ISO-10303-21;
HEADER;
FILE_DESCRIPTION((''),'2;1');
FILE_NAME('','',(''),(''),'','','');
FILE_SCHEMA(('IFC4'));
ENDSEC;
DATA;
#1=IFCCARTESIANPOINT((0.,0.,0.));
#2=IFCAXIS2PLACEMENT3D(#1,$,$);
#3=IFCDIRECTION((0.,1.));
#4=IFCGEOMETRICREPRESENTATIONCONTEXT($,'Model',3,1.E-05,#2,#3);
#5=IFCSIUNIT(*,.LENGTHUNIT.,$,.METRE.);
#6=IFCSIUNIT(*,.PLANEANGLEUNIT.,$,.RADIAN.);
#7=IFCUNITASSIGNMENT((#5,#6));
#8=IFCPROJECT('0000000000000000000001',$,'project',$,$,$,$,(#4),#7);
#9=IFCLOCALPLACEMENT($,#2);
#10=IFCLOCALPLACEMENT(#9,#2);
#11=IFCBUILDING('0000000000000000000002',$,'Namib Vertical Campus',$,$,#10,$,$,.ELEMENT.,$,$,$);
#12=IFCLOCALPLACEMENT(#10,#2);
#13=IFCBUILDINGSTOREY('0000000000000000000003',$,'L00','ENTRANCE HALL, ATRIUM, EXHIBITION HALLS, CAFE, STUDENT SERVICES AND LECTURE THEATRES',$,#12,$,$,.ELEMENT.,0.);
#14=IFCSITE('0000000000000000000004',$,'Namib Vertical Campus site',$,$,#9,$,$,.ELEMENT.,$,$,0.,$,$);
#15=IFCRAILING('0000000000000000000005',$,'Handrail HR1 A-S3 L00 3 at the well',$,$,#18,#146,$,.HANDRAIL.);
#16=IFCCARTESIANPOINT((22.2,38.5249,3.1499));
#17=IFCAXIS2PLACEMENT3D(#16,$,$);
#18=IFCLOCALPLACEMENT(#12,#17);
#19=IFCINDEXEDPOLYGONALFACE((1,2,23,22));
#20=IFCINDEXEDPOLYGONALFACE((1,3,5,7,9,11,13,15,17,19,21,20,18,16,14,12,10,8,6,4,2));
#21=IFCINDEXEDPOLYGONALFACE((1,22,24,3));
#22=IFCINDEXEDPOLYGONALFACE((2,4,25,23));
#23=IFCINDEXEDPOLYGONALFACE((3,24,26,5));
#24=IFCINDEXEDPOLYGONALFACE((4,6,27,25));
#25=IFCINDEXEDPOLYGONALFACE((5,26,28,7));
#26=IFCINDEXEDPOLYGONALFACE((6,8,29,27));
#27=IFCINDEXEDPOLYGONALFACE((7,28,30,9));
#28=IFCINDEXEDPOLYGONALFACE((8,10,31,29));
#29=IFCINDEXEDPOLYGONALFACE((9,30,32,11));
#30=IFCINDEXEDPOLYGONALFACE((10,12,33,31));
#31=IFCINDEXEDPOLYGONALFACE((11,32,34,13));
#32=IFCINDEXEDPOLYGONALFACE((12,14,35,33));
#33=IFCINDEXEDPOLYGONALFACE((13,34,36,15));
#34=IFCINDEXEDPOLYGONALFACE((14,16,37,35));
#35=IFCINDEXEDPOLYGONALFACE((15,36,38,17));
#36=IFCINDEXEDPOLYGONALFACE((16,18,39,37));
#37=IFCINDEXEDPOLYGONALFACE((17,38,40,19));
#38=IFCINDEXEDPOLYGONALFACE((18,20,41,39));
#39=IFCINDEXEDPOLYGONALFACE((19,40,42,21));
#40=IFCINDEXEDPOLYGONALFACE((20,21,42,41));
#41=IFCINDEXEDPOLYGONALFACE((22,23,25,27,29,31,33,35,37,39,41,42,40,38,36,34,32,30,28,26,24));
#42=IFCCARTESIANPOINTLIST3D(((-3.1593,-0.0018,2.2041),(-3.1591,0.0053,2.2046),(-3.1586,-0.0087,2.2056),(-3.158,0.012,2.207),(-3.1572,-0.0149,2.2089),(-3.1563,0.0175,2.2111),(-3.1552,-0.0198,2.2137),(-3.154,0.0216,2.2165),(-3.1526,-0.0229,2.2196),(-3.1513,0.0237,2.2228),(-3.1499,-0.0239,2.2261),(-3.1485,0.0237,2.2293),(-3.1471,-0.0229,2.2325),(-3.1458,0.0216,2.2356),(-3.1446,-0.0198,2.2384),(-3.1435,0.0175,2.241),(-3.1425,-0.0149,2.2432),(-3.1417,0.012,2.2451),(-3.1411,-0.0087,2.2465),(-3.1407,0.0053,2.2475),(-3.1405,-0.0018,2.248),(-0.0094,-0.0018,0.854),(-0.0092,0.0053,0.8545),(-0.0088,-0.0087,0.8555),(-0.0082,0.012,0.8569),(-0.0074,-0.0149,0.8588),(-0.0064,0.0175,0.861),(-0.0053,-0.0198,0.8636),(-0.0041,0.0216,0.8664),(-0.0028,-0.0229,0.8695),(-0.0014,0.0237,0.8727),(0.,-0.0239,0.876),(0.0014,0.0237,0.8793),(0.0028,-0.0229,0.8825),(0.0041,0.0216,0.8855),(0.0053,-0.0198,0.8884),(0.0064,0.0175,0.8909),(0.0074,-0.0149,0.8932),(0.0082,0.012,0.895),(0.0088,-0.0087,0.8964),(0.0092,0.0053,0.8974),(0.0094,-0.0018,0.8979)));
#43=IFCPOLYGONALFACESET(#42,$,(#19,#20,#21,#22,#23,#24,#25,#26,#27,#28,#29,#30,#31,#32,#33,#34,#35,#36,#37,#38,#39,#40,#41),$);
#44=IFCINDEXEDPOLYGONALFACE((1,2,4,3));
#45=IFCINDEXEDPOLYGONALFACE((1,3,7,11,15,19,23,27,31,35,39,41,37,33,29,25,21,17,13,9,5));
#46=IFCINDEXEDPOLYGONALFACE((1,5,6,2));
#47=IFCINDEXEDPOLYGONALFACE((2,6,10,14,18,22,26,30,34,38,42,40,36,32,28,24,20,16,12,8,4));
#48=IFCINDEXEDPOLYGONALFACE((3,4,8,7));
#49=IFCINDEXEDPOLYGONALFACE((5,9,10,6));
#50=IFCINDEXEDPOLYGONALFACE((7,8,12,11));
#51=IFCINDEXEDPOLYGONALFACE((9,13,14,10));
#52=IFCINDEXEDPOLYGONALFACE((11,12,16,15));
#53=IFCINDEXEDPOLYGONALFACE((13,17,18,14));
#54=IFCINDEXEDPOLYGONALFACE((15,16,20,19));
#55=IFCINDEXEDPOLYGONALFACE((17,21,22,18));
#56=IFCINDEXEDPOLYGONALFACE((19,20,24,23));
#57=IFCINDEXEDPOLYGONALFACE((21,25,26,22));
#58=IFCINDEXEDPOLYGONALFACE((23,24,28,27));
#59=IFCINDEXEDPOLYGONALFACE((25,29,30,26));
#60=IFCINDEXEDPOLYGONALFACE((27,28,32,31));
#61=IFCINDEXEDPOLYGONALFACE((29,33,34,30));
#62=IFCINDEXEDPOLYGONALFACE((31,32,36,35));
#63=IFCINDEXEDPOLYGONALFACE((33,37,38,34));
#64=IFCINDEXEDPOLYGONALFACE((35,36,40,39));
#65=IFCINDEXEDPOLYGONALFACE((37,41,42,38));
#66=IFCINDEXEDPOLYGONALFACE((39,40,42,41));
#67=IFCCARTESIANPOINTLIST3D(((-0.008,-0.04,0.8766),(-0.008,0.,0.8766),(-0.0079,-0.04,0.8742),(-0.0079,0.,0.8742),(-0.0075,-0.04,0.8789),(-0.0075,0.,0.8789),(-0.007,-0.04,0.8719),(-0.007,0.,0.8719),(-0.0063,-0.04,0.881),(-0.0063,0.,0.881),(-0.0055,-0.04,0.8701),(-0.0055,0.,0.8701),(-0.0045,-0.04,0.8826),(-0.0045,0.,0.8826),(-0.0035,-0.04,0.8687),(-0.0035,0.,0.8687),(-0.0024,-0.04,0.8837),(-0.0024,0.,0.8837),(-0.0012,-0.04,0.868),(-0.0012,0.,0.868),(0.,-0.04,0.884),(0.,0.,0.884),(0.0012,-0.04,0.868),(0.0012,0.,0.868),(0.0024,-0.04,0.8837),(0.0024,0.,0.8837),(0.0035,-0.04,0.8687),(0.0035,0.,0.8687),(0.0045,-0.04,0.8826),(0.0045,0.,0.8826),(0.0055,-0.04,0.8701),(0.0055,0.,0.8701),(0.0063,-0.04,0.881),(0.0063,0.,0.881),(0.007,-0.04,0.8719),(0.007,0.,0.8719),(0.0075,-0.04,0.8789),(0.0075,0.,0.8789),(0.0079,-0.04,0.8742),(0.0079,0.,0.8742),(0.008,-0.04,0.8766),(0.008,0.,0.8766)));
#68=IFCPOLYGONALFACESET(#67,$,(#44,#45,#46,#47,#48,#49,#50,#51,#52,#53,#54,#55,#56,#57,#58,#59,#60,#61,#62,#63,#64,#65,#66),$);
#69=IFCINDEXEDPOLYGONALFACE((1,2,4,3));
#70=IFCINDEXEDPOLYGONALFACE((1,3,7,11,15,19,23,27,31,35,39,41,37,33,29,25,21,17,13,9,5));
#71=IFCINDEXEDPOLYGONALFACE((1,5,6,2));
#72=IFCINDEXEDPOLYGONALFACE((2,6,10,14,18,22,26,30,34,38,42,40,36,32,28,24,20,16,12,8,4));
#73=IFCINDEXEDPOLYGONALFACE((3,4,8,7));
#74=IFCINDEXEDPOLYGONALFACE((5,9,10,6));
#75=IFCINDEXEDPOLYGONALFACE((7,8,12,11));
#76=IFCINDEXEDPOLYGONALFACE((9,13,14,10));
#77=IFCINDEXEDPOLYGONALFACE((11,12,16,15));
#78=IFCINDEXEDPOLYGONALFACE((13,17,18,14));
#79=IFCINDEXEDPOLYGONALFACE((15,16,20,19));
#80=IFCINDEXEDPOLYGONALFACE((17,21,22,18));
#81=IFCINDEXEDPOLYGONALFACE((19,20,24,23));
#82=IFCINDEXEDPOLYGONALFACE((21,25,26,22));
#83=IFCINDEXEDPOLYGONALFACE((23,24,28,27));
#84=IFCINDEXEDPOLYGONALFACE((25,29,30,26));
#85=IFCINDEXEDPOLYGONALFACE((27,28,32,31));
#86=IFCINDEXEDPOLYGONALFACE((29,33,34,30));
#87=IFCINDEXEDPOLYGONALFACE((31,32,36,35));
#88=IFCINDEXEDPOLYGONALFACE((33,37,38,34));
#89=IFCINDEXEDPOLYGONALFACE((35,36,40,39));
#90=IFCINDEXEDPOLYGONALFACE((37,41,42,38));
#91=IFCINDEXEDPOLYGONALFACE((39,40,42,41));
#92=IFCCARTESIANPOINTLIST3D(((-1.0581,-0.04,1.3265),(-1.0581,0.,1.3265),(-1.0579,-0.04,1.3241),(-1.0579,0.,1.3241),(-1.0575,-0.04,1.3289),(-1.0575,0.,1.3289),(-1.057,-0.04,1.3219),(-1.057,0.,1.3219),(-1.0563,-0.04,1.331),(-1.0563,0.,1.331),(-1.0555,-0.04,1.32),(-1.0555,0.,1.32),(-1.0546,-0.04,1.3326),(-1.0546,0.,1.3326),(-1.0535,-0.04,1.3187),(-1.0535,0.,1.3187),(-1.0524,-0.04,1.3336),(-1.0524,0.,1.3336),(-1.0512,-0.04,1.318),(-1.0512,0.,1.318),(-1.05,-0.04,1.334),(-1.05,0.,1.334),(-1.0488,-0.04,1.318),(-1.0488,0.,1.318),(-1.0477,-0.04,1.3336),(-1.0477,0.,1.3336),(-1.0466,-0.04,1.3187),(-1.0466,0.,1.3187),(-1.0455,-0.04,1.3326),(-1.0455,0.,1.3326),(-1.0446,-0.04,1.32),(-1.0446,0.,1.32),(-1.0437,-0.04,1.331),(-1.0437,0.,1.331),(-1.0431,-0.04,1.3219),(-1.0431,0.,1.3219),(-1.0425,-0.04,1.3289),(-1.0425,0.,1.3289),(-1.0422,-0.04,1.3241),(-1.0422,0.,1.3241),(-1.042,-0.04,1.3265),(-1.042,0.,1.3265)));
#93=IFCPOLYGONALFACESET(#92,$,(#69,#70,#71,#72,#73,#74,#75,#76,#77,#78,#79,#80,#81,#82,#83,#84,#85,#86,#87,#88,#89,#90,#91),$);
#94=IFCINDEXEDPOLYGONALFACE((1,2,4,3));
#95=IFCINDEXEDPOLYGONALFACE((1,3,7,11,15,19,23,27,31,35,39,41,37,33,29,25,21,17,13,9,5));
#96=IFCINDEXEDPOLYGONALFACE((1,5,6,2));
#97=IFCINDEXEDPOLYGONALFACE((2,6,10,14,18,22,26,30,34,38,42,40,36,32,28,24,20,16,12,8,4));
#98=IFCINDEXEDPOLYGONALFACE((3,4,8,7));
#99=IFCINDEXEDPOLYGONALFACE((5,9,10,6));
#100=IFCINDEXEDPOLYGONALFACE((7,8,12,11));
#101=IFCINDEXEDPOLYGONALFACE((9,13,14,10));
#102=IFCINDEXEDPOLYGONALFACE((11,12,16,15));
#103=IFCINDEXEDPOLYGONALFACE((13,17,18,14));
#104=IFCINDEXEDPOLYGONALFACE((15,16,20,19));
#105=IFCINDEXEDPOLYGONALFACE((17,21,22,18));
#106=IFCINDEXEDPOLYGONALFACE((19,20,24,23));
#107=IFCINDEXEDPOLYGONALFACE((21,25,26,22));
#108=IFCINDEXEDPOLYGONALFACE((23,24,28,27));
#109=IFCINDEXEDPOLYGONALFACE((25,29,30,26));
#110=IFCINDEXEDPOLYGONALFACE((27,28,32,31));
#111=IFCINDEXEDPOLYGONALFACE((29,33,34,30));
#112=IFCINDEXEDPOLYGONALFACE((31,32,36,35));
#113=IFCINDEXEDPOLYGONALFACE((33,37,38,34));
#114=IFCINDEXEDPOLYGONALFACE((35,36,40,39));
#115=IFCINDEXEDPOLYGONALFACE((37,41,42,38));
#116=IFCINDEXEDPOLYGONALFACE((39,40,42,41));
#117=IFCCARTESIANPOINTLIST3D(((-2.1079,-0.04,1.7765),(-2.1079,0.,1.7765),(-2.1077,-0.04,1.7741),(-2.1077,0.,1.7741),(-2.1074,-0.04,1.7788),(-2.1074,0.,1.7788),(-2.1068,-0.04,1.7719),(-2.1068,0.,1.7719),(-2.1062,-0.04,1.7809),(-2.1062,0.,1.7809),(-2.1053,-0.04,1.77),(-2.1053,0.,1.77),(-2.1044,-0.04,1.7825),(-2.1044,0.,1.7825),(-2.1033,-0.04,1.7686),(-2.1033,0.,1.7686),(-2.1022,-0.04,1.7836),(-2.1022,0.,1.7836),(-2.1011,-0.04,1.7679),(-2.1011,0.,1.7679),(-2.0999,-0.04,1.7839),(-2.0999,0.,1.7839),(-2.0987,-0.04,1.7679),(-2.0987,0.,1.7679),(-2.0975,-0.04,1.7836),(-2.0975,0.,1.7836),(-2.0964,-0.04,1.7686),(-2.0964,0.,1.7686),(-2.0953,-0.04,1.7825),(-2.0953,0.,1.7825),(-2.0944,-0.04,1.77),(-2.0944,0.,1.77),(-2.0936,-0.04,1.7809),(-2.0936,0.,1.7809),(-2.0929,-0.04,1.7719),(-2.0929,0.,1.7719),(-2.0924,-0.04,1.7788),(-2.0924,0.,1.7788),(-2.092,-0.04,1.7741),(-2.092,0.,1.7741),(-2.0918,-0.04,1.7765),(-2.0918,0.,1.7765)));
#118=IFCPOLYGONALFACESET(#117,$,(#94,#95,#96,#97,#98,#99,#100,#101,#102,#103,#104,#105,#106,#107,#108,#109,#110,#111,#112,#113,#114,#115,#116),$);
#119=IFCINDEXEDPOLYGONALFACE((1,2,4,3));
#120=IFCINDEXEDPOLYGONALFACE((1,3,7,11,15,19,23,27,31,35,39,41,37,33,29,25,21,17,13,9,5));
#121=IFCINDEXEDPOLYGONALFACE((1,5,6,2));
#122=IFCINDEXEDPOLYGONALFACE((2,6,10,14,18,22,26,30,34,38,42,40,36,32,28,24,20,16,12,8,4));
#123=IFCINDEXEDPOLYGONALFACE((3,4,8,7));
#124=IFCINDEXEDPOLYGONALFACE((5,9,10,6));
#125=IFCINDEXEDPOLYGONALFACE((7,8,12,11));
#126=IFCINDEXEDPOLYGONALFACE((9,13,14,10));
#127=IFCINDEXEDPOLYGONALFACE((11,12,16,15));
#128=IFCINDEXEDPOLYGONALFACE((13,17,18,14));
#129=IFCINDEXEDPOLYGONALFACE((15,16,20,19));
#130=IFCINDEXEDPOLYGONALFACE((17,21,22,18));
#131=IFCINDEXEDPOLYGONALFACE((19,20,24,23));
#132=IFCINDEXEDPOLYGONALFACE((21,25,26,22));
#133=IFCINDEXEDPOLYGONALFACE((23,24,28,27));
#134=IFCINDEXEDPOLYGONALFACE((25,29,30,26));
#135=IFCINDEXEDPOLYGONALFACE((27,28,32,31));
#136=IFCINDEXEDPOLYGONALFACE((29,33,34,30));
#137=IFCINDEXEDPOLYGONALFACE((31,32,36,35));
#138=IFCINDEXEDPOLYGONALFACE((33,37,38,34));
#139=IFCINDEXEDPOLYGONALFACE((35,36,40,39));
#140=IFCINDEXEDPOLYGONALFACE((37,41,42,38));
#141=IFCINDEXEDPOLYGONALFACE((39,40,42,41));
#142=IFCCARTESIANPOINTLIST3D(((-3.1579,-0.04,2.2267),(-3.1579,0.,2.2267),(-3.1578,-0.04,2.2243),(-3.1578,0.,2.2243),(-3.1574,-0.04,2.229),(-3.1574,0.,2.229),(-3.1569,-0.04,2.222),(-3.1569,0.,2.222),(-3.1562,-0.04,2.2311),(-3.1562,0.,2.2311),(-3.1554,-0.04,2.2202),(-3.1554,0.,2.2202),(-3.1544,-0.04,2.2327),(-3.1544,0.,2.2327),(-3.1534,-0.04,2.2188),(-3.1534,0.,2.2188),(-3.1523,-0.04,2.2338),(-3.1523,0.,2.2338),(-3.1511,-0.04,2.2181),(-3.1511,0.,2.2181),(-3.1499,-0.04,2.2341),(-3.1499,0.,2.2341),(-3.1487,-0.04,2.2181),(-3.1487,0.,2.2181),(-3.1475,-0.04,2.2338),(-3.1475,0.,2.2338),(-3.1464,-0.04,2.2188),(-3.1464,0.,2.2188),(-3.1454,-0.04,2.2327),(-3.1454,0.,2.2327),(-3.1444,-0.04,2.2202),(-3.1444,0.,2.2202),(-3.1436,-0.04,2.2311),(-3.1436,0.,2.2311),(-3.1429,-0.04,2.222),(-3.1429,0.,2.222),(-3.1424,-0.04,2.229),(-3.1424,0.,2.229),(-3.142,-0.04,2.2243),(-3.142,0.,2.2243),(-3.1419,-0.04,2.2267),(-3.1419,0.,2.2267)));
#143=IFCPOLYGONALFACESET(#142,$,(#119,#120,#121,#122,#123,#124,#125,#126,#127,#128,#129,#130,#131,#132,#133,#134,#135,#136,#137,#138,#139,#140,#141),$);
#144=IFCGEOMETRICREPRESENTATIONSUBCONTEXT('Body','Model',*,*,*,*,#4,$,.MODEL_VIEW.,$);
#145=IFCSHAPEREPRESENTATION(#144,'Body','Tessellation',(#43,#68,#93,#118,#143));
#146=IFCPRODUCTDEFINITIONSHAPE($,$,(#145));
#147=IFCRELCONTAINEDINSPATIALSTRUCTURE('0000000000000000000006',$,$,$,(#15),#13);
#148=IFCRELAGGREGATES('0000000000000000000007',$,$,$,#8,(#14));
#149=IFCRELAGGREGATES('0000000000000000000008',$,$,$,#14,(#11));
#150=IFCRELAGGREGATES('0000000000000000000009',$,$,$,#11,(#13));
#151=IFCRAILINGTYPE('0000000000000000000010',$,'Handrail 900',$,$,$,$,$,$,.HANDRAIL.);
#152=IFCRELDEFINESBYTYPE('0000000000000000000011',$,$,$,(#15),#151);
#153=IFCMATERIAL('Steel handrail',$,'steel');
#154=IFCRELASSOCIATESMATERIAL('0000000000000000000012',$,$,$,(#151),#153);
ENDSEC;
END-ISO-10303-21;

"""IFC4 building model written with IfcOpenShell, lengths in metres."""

from ifc_helpers import new_model, si_unit, direction, frame, origin, origin_2d, place, context, subcontext, project, spatial, circle, extrude, material, type_object, element, save


model = new_model("IFC4")

# Units and contexts
model_context = context("Model", 3, precision=1e-05, world=origin(), true_north=direction((0.0, 1.0)))
body_context = subcontext(model_context, "Body", "Model", "MODEL_VIEW")
ifc_project = project(units=[si_unit("LENGTHUNIT", "METRE"), si_unit("PLANEANGLEUNIT", "RADIAN")], contexts=[model_context])

# Site, building, storey
site_placement = place(None, origin())
site = spatial("IfcSite", under=ifc_project, at=site_placement, Name="Namib Vertical Campus site", CompositionType="ELEMENT", RefElevation=0.0)
building_placement = place(site_placement, origin())
building = spatial("IfcBuilding", under=site, at=building_placement, Name="Namib Vertical Campus", CompositionType="ELEMENT")
storey_placement = place(building_placement, origin())
storey = spatial("IfcBuildingStorey", under=building, at=storey_placement, Name="L00", Description="ENTRANCE HALL, ATRIUM, EXHIBITION HALLS, CAFE, STUDENT SERVICES AND LECTURE THEATRES", CompositionType="ELEMENT", Elevation=0.0)

# Railing
ifc_material_1 = material(Name="Steel handrail", Category="steel")
railing_type_1 = type_object("IfcRailingType", Name="Handrail 900", PredefinedType="HANDRAIL", material=ifc_material_1)
for number, where, name in (
    (1, (22.2, 38.5249, 3.1499), "Handrail HR1 A-S3 L00 3 at the well"),
):
    element("IfcRailing", number, at=place(storey_placement, frame(where)), inside=storey, type_object=railing_type_1, Name=name, PredefinedType="HANDRAIL", context=body_context, shape_type="SweptSolid", body=[
        extrude(circle(Radius=0.0239, at=origin_2d()), frame((0.0, 0.0, 0.876), z_axis=(-0.91913, 0.0, 0.393954), x_axis=(0.0, -1.0, 0.0)), (0.0, 0.0, 1.0), 3.427),
        extrude(circle(Radius=0.0081, at=origin_2d()), frame((0.0, 0.0, 0.876), z_axis=(0.0, -1.0, 0.0), x_axis=(0.0, 0.0, 1.0)), (0.0, 0.0, 1.0), 0.04),
        extrude(circle(Radius=0.0081, at=origin_2d()), frame((-1.05, 0.0, 1.3259), z_axis=(0.0, -1.0, 0.0), x_axis=(0.0, 0.0, 1.0)), (0.0, 0.0, 1.0), 0.04),
        extrude(circle(Radius=0.0081, at=origin_2d()), frame((-2.0999, 0.0, 1.7759), z_axis=(0.0, -1.0, 0.0), x_axis=(0.0, 0.0, 1.0)), (0.0, 0.0, 1.0), 0.04),
        extrude(circle(Radius=0.0081, at=origin_2d()), frame((-3.1499, 0.0, 2.2261), z_axis=(0.0, -1.0, 0.0), x_axis=(0.0, 0.0, 1.0)), (0.0, 0.0, 1.0), 0.04),
    ])

save(model, "model.ifc")
